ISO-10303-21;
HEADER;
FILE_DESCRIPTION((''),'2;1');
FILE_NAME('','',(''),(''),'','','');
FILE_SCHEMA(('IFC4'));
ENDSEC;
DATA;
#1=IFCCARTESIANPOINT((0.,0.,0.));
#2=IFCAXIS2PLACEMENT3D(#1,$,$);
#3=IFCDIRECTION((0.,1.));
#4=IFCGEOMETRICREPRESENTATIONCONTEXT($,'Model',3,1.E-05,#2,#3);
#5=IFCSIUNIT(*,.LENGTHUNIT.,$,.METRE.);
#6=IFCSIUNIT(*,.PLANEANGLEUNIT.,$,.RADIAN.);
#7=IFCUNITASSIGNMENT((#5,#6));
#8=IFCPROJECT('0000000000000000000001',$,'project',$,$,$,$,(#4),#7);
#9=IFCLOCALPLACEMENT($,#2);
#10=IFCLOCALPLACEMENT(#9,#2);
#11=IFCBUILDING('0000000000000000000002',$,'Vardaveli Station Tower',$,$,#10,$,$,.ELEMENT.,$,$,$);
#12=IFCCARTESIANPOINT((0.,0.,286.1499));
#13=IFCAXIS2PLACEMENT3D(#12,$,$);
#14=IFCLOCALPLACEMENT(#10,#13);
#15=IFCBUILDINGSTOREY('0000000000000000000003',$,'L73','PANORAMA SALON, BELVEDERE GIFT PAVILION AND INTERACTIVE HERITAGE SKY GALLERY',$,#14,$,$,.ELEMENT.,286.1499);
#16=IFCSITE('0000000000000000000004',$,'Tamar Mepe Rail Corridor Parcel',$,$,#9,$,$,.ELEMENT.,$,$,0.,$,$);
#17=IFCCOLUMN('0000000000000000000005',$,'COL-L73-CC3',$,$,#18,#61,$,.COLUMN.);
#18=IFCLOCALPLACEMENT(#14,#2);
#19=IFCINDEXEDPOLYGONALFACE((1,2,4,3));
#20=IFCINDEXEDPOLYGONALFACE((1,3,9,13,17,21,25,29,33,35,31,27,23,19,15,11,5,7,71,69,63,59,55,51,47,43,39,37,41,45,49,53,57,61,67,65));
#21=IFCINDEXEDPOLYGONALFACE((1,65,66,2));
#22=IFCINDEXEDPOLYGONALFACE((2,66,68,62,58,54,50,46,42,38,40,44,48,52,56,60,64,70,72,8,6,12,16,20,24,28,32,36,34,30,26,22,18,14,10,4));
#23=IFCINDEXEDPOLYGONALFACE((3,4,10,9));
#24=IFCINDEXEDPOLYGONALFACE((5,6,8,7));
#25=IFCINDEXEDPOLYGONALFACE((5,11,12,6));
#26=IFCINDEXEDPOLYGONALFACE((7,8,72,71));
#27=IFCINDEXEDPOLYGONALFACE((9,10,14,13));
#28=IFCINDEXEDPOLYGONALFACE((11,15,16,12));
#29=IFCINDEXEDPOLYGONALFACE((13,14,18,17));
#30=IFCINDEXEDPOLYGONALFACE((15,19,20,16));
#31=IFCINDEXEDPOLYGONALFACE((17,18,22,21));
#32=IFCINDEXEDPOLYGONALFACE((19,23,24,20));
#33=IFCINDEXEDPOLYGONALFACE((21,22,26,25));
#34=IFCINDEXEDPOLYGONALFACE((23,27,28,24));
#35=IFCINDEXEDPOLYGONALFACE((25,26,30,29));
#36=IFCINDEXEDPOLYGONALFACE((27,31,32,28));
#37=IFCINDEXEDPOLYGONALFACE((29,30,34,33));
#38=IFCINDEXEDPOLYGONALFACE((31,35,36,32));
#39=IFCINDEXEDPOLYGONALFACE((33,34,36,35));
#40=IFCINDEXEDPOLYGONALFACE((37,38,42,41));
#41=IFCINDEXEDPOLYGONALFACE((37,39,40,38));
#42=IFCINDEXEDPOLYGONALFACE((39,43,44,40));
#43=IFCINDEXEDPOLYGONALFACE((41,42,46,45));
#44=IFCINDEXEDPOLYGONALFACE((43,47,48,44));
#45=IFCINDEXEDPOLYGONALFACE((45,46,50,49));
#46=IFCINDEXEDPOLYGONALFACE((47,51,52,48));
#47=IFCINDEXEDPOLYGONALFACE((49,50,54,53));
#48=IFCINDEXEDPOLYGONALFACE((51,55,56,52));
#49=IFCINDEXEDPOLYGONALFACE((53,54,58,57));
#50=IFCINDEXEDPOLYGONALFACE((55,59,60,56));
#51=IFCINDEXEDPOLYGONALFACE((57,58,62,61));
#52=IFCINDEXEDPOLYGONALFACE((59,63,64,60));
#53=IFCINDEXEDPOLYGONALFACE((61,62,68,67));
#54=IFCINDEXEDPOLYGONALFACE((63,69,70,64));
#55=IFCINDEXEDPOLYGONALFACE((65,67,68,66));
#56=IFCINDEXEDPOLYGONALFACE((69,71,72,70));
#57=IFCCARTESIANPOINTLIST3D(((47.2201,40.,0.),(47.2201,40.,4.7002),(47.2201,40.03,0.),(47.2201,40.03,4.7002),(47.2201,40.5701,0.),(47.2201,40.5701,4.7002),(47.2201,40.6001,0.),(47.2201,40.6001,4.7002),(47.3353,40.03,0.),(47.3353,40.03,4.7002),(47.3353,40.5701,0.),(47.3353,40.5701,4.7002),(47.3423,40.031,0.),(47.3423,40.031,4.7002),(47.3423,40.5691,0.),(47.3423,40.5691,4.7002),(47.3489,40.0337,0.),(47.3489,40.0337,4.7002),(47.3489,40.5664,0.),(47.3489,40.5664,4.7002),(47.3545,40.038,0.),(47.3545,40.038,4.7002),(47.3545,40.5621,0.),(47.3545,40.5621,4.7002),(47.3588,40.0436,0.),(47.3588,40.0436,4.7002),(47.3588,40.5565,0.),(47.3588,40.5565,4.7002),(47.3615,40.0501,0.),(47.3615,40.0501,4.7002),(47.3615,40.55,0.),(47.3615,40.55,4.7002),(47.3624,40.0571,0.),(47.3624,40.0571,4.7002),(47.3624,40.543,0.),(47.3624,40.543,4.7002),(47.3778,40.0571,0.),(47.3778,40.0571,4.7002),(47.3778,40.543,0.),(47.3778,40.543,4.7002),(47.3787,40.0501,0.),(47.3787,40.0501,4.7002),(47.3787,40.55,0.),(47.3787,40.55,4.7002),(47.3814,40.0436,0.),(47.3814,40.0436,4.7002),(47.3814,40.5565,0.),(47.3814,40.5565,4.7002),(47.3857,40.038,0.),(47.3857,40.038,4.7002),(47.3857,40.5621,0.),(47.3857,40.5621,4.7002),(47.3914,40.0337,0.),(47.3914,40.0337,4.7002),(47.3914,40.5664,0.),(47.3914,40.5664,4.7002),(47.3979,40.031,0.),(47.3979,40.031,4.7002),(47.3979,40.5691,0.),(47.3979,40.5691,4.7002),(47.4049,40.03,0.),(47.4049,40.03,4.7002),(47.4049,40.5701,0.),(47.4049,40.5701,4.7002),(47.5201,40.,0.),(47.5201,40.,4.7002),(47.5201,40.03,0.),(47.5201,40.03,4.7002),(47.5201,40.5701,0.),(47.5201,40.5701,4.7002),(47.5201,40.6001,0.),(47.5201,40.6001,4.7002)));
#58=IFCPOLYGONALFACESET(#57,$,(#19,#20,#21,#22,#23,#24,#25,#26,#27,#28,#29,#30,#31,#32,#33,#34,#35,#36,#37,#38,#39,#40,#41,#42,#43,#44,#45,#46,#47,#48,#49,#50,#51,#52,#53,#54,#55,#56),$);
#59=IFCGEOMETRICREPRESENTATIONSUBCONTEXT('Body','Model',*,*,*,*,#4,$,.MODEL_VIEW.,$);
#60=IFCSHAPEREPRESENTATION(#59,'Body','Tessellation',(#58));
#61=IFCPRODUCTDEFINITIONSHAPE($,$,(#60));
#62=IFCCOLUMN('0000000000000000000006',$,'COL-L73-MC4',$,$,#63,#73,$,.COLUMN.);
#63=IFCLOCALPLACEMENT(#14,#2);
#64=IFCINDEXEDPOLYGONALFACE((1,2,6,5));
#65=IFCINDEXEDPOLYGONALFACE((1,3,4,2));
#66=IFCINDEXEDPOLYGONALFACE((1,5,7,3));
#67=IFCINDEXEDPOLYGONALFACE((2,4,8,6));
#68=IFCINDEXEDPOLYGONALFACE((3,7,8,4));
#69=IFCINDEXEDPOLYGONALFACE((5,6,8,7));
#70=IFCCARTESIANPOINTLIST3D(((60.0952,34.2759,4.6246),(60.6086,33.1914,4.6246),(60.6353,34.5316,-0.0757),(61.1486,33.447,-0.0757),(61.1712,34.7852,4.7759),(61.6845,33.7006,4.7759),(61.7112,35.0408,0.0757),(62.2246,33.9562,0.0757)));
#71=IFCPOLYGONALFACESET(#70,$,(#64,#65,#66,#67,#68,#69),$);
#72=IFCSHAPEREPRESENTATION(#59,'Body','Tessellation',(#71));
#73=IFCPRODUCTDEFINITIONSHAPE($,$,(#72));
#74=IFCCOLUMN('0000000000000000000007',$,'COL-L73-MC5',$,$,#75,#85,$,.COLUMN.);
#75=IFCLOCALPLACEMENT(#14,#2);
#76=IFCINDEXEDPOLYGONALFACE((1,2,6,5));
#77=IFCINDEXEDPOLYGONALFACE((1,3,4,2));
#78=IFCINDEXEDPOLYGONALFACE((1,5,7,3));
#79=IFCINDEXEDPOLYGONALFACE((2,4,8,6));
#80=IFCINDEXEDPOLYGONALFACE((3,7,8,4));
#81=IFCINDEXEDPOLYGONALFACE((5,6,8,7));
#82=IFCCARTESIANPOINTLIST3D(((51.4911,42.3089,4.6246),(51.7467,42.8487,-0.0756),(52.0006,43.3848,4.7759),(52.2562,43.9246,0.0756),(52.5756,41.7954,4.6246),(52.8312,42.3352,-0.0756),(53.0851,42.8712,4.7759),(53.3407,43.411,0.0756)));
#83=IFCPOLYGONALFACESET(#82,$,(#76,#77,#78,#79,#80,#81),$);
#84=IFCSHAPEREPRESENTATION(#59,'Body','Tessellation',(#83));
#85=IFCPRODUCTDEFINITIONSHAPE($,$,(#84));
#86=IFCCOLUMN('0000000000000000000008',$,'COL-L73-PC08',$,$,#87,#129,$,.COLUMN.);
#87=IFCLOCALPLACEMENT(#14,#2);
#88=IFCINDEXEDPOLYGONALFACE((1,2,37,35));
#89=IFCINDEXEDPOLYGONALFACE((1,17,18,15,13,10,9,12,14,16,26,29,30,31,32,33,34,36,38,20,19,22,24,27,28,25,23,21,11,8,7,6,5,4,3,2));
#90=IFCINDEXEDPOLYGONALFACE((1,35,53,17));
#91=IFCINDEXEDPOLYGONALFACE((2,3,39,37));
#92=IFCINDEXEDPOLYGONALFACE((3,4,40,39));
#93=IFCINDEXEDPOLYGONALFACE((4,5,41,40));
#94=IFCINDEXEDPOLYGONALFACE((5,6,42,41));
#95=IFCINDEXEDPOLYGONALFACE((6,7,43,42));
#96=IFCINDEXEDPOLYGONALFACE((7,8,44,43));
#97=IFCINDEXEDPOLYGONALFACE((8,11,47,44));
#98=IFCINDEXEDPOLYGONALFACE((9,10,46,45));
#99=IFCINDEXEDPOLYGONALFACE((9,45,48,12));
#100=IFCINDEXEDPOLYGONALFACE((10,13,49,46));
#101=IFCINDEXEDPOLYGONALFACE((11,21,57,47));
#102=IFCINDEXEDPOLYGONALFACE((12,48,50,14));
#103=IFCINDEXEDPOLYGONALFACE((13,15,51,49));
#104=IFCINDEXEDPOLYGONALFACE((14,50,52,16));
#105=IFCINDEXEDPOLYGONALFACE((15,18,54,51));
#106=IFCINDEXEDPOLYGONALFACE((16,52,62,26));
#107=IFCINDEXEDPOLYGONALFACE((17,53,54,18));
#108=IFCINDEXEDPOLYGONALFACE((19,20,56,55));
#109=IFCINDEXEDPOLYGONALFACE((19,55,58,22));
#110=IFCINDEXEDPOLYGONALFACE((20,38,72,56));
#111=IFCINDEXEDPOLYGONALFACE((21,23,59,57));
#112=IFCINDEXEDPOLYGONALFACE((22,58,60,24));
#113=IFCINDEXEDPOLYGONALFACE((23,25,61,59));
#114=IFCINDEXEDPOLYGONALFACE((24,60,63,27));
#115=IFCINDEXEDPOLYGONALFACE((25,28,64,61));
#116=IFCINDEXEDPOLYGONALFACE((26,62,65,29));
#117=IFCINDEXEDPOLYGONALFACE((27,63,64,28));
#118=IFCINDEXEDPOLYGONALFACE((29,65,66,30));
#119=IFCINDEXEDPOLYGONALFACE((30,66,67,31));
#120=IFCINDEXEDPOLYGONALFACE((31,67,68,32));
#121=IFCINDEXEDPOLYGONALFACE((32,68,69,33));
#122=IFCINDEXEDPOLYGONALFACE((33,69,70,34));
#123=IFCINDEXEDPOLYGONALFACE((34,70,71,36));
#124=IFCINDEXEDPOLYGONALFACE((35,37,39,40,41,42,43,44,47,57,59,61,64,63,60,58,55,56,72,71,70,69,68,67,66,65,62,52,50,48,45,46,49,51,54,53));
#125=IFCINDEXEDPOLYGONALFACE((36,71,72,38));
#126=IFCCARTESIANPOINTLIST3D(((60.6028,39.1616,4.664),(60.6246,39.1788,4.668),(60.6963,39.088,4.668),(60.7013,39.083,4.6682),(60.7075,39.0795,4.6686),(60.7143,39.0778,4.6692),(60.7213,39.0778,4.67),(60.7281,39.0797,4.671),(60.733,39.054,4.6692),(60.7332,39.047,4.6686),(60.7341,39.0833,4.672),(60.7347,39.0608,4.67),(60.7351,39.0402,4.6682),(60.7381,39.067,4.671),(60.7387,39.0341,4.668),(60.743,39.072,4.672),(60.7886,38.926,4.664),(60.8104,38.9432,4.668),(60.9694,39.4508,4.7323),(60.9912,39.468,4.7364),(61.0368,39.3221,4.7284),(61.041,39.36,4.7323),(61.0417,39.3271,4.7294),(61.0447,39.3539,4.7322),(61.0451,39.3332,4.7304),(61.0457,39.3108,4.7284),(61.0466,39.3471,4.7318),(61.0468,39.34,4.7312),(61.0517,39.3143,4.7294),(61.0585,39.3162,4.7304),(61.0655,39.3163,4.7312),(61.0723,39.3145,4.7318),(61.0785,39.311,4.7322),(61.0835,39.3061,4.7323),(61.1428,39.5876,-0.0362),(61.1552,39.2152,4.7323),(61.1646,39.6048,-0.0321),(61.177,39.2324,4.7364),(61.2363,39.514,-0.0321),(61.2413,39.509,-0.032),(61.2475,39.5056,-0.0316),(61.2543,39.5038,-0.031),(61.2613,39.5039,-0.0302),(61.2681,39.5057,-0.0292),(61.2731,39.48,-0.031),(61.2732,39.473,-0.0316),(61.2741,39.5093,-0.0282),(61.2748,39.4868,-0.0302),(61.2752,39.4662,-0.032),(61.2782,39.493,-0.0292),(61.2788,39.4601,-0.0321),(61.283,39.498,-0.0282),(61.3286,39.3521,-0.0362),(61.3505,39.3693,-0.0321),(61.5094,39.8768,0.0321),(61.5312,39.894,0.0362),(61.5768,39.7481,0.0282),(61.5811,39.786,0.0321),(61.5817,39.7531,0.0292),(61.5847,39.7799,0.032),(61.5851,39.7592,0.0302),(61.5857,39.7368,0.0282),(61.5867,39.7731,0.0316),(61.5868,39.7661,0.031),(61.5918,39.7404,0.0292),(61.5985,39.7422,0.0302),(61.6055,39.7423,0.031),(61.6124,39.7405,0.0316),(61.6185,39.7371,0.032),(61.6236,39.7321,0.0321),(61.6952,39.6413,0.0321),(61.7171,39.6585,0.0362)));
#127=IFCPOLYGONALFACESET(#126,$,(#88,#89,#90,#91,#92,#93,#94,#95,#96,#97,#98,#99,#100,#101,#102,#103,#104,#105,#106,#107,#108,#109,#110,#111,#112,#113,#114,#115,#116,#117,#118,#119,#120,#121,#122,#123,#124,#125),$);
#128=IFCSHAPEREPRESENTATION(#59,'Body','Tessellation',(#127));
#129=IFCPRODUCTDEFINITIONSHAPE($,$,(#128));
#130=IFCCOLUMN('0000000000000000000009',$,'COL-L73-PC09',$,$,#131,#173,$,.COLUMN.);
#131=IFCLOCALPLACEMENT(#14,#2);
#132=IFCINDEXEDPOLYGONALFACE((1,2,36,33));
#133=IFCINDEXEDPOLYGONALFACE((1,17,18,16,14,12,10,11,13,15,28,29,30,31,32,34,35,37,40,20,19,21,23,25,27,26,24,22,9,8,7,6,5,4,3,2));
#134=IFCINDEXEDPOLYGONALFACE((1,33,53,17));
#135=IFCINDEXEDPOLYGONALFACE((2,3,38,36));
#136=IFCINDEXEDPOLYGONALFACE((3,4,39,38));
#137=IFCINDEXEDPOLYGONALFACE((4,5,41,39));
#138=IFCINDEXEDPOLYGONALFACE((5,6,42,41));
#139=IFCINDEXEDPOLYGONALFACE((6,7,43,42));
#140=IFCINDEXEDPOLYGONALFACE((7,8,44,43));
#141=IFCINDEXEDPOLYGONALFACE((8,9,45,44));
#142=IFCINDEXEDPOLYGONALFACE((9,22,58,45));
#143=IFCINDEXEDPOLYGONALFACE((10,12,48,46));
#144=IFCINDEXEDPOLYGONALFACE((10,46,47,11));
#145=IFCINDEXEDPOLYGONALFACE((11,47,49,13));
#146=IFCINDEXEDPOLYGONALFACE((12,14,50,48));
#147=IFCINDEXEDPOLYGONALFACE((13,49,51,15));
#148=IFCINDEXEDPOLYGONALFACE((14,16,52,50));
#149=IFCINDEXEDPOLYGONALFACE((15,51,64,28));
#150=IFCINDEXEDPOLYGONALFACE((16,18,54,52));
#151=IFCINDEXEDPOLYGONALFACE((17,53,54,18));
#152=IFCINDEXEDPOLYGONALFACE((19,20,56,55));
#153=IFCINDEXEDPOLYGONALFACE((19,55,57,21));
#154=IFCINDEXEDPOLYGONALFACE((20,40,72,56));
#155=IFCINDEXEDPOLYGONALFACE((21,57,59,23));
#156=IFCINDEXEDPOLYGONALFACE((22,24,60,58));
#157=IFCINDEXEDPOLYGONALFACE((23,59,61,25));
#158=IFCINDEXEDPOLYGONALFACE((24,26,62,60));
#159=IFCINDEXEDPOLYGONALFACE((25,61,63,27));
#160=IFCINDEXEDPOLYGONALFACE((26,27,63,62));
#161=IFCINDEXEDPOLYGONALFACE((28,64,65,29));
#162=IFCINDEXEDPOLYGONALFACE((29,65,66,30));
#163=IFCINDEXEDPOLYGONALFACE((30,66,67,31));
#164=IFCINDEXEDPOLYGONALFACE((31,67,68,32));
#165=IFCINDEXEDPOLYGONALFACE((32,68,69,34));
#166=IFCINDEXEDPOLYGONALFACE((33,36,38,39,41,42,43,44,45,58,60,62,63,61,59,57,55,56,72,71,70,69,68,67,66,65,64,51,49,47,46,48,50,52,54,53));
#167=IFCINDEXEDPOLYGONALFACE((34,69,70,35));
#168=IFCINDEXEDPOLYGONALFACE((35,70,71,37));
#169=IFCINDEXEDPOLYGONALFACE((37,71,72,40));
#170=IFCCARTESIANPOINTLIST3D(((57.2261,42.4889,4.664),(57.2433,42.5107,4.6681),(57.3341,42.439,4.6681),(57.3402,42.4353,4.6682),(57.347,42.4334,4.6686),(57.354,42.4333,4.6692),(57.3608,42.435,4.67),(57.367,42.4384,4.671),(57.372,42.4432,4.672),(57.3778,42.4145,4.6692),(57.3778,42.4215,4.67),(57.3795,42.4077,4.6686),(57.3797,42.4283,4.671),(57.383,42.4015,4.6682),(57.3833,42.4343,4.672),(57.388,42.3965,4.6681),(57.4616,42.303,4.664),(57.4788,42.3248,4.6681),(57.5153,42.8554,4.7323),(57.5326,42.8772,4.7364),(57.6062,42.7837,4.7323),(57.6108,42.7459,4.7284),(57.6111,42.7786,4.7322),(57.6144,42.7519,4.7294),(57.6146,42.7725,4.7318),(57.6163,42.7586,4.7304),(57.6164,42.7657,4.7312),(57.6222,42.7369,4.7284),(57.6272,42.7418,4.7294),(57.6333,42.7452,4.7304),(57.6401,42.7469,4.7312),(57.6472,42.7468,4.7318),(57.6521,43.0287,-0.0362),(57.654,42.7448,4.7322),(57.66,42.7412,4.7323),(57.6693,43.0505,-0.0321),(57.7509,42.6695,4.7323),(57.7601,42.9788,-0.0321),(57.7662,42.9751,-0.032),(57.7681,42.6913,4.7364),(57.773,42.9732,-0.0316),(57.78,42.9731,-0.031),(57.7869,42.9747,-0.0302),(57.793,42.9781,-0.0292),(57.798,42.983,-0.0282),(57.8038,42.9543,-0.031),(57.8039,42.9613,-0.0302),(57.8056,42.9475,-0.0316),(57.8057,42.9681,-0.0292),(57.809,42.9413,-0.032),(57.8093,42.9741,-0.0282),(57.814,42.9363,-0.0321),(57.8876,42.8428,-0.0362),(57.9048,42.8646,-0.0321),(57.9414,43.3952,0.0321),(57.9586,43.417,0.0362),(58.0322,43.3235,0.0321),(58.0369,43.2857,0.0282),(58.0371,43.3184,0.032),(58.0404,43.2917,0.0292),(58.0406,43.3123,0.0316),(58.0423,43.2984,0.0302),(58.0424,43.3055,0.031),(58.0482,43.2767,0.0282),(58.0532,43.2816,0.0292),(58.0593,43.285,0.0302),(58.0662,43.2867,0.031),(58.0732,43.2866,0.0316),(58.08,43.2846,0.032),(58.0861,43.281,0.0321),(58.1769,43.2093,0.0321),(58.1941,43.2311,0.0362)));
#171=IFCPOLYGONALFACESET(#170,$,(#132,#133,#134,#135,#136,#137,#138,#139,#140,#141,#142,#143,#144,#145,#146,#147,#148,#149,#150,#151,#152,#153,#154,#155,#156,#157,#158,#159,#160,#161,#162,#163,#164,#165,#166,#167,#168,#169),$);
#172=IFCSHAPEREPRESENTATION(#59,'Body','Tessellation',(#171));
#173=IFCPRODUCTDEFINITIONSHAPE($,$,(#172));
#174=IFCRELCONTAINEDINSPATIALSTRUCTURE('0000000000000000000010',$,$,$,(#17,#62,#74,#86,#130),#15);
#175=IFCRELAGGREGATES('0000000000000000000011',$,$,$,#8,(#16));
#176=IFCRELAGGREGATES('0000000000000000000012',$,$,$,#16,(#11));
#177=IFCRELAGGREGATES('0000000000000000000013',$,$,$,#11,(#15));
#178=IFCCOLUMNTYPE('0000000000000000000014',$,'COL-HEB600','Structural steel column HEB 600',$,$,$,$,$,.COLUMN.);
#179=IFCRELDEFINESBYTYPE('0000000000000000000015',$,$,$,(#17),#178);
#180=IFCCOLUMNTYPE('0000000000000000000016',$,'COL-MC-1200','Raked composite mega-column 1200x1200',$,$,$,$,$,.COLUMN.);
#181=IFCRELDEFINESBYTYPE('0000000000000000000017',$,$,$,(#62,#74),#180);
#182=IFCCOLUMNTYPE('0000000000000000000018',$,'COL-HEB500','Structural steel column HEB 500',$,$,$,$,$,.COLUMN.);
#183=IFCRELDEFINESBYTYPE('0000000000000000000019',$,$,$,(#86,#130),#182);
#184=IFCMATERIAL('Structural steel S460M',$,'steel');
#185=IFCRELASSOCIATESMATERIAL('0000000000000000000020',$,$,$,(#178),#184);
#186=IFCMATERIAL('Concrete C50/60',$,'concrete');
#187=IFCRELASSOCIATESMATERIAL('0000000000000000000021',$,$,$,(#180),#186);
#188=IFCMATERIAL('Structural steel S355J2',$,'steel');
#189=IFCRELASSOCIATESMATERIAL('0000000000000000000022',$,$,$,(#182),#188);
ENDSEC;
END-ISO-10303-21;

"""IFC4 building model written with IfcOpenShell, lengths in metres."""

from ifc_helpers import new_model, si_unit, direction, frame, origin, origin_2d, place, context, subcontext, project, spatial, rectangle, i_section, extrude, source, transform, mapped, material, material_profile, profile_set, type_object, element, save


model = new_model("IFC4")

# Units and contexts
model_context = context("Model", 3, precision=1e-05, world=origin(), true_north=direction((0.0, 1.0)))
body_context = subcontext(model_context, "Body", "Model", "MODEL_VIEW")
ifc_project = project(units=[si_unit("LENGTHUNIT", "METRE"), si_unit("PLANEANGLEUNIT", "RADIAN")], contexts=[model_context])

# Site, building, storey
site_placement = place(None, origin())
site = spatial("IfcSite", under=ifc_project, at=site_placement, Name="Tamar Mepe Rail Corridor Parcel", CompositionType="ELEMENT", RefElevation=0.0)
building_placement = place(site_placement, origin())
building = spatial("IfcBuilding", under=site, at=building_placement, Name="Vardaveli Station Tower", CompositionType="ELEMENT")
storey_placement = place(building_placement, frame((0.0, 0.0, 286.1499)))
storey = spatial("IfcBuildingStorey", under=building, at=storey_placement, Name="L73", Description="PANORAMA SALON, BELVEDERE GIFT PAVILION AND INTERACTIVE HERITAGE SKY GALLERY", CompositionType="ELEMENT", Elevation=286.1499)

# Columns
ifc_material_1 = material(Name="Structural steel S460M", Category="steel")
ifc_material_profile_1 = material_profile(ifc_material_1, i_section(OverallWidth=0.3, OverallDepth=0.6001, WebThickness=0.0154, FlangeThickness=0.03, FilletRadius=0.0271, at=origin_2d()), Name="HEB 600")
ifc_profile_set_1 = profile_set([ifc_material_profile_1], Name="Structural steel S460M")
column_type_1 = type_object("IfcColumnType", Name="COL-HEB600", Description="Structural steel column HEB 600", PredefinedType="COLUMN", material=ifc_profile_set_1)
shared_shape_1 = source(origin(), body_context, "Body", "SweptSolid", [
    extrude(i_section(OverallWidth=0.3, OverallDepth=0.6001, WebThickness=0.0154, FlangeThickness=0.03, FilletRadius=0.0271, at=origin_2d()), origin(), (0.0, 0.0, 1.0), 4.7002),
])
column_placement = place(storey_placement, frame((47.3701, 40.3, 0.0), z_axis=(0.0, 0.0, 1.0), x_axis=(1.0, 0.0, 0.0)))
element("IfcColumn", 1, at=column_placement, inside=storey, type_object=column_type_1, Name="COL-L73-CC3", PredefinedType="COLUMN", context=body_context, shape_type="MappedRepresentation", body=[
    mapped(shared_shape_1, transform((0.0, 0.0, 0.0), scale=1.0)),
])
ifc_material_2 = material(Name="Concrete C50/60", Category="concrete")
ifc_material_profile_2 = material_profile(ifc_material_2, rectangle(XDim=1.2, YDim=1.2, at=origin_2d()), Name="MC 1200x1200")
ifc_profile_set_2 = profile_set([ifc_material_profile_2], Name="Concrete C50/60")
column_type_2 = type_object("IfcColumnType", Name="COL-MC-1200", Description="Raked composite mega-column 1200x1200", PredefinedType="COLUMN", material=ifc_profile_set_2)
shared_shape_2 = source(origin(), body_context, "Body", "SweptSolid", [
    extrude(rectangle(XDim=1.2, YDim=1.2, at=origin_2d()), origin(), (0.0, 0.0, 1.0), 4.738),
])
for number, where, z_axis, x_axis, name in (
    (2, (61.4299, 34.2439, 0.0), (-0.11398, -0.05395, 0.992017), (0.427823, -0.903863, 0.0), "COL-L73-MC4"),
    (3, (52.5437, 43.1299, 0.0), (-0.05395, -0.113929, 0.992023), (0.903788, -0.427981, 0.0), "COL-L73-MC5"),
):
    element("IfcColumn", number, at=place(storey_placement, frame(where, z_axis=z_axis, x_axis=x_axis)), inside=storey, type_object=column_type_2, Name=name, PredefinedType="COLUMN", context=body_context, shape_type="MappedRepresentation", body=[
        mapped(shared_shape_2, transform((0.0, 0.0, 0.0), scale=1.0)),
    ])
ifc_material_3 = material(Name="Structural steel S355J2", Category="steel")
ifc_material_profile_3 = material_profile(ifc_material_3, i_section(OverallWidth=0.3, OverallDepth=0.5, WebThickness=0.0144, FlangeThickness=0.0281, FilletRadius=0.0271, at=origin_2d()), Name="HEB 500")
ifc_profile_set_3 = profile_set([ifc_material_profile_3], Name="Structural steel S355J2")
column_type_3 = type_object("IfcColumnType", Name="COL-HEB500", Description="Structural steel column HEB 500", PredefinedType="COLUMN", material=ifc_profile_set_3)
shared_shape_3 = source(origin(), body_context, "Body", "SweptSolid", [
    extrude(i_section(OverallWidth=0.3, OverallDepth=0.5, WebThickness=0.0144, FlangeThickness=0.0281, FilletRadius=0.0271, at=origin_2d()), origin(), (0.0, 0.0, 1.0), 4.7502),
])
for number, where, z_axis, x_axis, name in (
    (4, (61.4299, 39.623, 0.0), (-0.113686, -0.089685, 0.989461), (0.619357, -0.78511, 0.0), "COL-L73-PC08"),
    (5, (57.9231, 43.1299, 0.0), (-0.089685, -0.113635, 0.989466), (0.784974, -0.619529, 0.0), "COL-L73-PC09"),
):
    element("IfcColumn", number, at=place(storey_placement, frame(where, z_axis=z_axis, x_axis=x_axis)), inside=storey, type_object=column_type_3, Name=name, PredefinedType="COLUMN", context=body_context, shape_type="MappedRepresentation", body=[
        mapped(shared_shape_3, transform((0.0, 0.0, 0.0), scale=1.0)),
    ])

save(model, "model.ifc")
